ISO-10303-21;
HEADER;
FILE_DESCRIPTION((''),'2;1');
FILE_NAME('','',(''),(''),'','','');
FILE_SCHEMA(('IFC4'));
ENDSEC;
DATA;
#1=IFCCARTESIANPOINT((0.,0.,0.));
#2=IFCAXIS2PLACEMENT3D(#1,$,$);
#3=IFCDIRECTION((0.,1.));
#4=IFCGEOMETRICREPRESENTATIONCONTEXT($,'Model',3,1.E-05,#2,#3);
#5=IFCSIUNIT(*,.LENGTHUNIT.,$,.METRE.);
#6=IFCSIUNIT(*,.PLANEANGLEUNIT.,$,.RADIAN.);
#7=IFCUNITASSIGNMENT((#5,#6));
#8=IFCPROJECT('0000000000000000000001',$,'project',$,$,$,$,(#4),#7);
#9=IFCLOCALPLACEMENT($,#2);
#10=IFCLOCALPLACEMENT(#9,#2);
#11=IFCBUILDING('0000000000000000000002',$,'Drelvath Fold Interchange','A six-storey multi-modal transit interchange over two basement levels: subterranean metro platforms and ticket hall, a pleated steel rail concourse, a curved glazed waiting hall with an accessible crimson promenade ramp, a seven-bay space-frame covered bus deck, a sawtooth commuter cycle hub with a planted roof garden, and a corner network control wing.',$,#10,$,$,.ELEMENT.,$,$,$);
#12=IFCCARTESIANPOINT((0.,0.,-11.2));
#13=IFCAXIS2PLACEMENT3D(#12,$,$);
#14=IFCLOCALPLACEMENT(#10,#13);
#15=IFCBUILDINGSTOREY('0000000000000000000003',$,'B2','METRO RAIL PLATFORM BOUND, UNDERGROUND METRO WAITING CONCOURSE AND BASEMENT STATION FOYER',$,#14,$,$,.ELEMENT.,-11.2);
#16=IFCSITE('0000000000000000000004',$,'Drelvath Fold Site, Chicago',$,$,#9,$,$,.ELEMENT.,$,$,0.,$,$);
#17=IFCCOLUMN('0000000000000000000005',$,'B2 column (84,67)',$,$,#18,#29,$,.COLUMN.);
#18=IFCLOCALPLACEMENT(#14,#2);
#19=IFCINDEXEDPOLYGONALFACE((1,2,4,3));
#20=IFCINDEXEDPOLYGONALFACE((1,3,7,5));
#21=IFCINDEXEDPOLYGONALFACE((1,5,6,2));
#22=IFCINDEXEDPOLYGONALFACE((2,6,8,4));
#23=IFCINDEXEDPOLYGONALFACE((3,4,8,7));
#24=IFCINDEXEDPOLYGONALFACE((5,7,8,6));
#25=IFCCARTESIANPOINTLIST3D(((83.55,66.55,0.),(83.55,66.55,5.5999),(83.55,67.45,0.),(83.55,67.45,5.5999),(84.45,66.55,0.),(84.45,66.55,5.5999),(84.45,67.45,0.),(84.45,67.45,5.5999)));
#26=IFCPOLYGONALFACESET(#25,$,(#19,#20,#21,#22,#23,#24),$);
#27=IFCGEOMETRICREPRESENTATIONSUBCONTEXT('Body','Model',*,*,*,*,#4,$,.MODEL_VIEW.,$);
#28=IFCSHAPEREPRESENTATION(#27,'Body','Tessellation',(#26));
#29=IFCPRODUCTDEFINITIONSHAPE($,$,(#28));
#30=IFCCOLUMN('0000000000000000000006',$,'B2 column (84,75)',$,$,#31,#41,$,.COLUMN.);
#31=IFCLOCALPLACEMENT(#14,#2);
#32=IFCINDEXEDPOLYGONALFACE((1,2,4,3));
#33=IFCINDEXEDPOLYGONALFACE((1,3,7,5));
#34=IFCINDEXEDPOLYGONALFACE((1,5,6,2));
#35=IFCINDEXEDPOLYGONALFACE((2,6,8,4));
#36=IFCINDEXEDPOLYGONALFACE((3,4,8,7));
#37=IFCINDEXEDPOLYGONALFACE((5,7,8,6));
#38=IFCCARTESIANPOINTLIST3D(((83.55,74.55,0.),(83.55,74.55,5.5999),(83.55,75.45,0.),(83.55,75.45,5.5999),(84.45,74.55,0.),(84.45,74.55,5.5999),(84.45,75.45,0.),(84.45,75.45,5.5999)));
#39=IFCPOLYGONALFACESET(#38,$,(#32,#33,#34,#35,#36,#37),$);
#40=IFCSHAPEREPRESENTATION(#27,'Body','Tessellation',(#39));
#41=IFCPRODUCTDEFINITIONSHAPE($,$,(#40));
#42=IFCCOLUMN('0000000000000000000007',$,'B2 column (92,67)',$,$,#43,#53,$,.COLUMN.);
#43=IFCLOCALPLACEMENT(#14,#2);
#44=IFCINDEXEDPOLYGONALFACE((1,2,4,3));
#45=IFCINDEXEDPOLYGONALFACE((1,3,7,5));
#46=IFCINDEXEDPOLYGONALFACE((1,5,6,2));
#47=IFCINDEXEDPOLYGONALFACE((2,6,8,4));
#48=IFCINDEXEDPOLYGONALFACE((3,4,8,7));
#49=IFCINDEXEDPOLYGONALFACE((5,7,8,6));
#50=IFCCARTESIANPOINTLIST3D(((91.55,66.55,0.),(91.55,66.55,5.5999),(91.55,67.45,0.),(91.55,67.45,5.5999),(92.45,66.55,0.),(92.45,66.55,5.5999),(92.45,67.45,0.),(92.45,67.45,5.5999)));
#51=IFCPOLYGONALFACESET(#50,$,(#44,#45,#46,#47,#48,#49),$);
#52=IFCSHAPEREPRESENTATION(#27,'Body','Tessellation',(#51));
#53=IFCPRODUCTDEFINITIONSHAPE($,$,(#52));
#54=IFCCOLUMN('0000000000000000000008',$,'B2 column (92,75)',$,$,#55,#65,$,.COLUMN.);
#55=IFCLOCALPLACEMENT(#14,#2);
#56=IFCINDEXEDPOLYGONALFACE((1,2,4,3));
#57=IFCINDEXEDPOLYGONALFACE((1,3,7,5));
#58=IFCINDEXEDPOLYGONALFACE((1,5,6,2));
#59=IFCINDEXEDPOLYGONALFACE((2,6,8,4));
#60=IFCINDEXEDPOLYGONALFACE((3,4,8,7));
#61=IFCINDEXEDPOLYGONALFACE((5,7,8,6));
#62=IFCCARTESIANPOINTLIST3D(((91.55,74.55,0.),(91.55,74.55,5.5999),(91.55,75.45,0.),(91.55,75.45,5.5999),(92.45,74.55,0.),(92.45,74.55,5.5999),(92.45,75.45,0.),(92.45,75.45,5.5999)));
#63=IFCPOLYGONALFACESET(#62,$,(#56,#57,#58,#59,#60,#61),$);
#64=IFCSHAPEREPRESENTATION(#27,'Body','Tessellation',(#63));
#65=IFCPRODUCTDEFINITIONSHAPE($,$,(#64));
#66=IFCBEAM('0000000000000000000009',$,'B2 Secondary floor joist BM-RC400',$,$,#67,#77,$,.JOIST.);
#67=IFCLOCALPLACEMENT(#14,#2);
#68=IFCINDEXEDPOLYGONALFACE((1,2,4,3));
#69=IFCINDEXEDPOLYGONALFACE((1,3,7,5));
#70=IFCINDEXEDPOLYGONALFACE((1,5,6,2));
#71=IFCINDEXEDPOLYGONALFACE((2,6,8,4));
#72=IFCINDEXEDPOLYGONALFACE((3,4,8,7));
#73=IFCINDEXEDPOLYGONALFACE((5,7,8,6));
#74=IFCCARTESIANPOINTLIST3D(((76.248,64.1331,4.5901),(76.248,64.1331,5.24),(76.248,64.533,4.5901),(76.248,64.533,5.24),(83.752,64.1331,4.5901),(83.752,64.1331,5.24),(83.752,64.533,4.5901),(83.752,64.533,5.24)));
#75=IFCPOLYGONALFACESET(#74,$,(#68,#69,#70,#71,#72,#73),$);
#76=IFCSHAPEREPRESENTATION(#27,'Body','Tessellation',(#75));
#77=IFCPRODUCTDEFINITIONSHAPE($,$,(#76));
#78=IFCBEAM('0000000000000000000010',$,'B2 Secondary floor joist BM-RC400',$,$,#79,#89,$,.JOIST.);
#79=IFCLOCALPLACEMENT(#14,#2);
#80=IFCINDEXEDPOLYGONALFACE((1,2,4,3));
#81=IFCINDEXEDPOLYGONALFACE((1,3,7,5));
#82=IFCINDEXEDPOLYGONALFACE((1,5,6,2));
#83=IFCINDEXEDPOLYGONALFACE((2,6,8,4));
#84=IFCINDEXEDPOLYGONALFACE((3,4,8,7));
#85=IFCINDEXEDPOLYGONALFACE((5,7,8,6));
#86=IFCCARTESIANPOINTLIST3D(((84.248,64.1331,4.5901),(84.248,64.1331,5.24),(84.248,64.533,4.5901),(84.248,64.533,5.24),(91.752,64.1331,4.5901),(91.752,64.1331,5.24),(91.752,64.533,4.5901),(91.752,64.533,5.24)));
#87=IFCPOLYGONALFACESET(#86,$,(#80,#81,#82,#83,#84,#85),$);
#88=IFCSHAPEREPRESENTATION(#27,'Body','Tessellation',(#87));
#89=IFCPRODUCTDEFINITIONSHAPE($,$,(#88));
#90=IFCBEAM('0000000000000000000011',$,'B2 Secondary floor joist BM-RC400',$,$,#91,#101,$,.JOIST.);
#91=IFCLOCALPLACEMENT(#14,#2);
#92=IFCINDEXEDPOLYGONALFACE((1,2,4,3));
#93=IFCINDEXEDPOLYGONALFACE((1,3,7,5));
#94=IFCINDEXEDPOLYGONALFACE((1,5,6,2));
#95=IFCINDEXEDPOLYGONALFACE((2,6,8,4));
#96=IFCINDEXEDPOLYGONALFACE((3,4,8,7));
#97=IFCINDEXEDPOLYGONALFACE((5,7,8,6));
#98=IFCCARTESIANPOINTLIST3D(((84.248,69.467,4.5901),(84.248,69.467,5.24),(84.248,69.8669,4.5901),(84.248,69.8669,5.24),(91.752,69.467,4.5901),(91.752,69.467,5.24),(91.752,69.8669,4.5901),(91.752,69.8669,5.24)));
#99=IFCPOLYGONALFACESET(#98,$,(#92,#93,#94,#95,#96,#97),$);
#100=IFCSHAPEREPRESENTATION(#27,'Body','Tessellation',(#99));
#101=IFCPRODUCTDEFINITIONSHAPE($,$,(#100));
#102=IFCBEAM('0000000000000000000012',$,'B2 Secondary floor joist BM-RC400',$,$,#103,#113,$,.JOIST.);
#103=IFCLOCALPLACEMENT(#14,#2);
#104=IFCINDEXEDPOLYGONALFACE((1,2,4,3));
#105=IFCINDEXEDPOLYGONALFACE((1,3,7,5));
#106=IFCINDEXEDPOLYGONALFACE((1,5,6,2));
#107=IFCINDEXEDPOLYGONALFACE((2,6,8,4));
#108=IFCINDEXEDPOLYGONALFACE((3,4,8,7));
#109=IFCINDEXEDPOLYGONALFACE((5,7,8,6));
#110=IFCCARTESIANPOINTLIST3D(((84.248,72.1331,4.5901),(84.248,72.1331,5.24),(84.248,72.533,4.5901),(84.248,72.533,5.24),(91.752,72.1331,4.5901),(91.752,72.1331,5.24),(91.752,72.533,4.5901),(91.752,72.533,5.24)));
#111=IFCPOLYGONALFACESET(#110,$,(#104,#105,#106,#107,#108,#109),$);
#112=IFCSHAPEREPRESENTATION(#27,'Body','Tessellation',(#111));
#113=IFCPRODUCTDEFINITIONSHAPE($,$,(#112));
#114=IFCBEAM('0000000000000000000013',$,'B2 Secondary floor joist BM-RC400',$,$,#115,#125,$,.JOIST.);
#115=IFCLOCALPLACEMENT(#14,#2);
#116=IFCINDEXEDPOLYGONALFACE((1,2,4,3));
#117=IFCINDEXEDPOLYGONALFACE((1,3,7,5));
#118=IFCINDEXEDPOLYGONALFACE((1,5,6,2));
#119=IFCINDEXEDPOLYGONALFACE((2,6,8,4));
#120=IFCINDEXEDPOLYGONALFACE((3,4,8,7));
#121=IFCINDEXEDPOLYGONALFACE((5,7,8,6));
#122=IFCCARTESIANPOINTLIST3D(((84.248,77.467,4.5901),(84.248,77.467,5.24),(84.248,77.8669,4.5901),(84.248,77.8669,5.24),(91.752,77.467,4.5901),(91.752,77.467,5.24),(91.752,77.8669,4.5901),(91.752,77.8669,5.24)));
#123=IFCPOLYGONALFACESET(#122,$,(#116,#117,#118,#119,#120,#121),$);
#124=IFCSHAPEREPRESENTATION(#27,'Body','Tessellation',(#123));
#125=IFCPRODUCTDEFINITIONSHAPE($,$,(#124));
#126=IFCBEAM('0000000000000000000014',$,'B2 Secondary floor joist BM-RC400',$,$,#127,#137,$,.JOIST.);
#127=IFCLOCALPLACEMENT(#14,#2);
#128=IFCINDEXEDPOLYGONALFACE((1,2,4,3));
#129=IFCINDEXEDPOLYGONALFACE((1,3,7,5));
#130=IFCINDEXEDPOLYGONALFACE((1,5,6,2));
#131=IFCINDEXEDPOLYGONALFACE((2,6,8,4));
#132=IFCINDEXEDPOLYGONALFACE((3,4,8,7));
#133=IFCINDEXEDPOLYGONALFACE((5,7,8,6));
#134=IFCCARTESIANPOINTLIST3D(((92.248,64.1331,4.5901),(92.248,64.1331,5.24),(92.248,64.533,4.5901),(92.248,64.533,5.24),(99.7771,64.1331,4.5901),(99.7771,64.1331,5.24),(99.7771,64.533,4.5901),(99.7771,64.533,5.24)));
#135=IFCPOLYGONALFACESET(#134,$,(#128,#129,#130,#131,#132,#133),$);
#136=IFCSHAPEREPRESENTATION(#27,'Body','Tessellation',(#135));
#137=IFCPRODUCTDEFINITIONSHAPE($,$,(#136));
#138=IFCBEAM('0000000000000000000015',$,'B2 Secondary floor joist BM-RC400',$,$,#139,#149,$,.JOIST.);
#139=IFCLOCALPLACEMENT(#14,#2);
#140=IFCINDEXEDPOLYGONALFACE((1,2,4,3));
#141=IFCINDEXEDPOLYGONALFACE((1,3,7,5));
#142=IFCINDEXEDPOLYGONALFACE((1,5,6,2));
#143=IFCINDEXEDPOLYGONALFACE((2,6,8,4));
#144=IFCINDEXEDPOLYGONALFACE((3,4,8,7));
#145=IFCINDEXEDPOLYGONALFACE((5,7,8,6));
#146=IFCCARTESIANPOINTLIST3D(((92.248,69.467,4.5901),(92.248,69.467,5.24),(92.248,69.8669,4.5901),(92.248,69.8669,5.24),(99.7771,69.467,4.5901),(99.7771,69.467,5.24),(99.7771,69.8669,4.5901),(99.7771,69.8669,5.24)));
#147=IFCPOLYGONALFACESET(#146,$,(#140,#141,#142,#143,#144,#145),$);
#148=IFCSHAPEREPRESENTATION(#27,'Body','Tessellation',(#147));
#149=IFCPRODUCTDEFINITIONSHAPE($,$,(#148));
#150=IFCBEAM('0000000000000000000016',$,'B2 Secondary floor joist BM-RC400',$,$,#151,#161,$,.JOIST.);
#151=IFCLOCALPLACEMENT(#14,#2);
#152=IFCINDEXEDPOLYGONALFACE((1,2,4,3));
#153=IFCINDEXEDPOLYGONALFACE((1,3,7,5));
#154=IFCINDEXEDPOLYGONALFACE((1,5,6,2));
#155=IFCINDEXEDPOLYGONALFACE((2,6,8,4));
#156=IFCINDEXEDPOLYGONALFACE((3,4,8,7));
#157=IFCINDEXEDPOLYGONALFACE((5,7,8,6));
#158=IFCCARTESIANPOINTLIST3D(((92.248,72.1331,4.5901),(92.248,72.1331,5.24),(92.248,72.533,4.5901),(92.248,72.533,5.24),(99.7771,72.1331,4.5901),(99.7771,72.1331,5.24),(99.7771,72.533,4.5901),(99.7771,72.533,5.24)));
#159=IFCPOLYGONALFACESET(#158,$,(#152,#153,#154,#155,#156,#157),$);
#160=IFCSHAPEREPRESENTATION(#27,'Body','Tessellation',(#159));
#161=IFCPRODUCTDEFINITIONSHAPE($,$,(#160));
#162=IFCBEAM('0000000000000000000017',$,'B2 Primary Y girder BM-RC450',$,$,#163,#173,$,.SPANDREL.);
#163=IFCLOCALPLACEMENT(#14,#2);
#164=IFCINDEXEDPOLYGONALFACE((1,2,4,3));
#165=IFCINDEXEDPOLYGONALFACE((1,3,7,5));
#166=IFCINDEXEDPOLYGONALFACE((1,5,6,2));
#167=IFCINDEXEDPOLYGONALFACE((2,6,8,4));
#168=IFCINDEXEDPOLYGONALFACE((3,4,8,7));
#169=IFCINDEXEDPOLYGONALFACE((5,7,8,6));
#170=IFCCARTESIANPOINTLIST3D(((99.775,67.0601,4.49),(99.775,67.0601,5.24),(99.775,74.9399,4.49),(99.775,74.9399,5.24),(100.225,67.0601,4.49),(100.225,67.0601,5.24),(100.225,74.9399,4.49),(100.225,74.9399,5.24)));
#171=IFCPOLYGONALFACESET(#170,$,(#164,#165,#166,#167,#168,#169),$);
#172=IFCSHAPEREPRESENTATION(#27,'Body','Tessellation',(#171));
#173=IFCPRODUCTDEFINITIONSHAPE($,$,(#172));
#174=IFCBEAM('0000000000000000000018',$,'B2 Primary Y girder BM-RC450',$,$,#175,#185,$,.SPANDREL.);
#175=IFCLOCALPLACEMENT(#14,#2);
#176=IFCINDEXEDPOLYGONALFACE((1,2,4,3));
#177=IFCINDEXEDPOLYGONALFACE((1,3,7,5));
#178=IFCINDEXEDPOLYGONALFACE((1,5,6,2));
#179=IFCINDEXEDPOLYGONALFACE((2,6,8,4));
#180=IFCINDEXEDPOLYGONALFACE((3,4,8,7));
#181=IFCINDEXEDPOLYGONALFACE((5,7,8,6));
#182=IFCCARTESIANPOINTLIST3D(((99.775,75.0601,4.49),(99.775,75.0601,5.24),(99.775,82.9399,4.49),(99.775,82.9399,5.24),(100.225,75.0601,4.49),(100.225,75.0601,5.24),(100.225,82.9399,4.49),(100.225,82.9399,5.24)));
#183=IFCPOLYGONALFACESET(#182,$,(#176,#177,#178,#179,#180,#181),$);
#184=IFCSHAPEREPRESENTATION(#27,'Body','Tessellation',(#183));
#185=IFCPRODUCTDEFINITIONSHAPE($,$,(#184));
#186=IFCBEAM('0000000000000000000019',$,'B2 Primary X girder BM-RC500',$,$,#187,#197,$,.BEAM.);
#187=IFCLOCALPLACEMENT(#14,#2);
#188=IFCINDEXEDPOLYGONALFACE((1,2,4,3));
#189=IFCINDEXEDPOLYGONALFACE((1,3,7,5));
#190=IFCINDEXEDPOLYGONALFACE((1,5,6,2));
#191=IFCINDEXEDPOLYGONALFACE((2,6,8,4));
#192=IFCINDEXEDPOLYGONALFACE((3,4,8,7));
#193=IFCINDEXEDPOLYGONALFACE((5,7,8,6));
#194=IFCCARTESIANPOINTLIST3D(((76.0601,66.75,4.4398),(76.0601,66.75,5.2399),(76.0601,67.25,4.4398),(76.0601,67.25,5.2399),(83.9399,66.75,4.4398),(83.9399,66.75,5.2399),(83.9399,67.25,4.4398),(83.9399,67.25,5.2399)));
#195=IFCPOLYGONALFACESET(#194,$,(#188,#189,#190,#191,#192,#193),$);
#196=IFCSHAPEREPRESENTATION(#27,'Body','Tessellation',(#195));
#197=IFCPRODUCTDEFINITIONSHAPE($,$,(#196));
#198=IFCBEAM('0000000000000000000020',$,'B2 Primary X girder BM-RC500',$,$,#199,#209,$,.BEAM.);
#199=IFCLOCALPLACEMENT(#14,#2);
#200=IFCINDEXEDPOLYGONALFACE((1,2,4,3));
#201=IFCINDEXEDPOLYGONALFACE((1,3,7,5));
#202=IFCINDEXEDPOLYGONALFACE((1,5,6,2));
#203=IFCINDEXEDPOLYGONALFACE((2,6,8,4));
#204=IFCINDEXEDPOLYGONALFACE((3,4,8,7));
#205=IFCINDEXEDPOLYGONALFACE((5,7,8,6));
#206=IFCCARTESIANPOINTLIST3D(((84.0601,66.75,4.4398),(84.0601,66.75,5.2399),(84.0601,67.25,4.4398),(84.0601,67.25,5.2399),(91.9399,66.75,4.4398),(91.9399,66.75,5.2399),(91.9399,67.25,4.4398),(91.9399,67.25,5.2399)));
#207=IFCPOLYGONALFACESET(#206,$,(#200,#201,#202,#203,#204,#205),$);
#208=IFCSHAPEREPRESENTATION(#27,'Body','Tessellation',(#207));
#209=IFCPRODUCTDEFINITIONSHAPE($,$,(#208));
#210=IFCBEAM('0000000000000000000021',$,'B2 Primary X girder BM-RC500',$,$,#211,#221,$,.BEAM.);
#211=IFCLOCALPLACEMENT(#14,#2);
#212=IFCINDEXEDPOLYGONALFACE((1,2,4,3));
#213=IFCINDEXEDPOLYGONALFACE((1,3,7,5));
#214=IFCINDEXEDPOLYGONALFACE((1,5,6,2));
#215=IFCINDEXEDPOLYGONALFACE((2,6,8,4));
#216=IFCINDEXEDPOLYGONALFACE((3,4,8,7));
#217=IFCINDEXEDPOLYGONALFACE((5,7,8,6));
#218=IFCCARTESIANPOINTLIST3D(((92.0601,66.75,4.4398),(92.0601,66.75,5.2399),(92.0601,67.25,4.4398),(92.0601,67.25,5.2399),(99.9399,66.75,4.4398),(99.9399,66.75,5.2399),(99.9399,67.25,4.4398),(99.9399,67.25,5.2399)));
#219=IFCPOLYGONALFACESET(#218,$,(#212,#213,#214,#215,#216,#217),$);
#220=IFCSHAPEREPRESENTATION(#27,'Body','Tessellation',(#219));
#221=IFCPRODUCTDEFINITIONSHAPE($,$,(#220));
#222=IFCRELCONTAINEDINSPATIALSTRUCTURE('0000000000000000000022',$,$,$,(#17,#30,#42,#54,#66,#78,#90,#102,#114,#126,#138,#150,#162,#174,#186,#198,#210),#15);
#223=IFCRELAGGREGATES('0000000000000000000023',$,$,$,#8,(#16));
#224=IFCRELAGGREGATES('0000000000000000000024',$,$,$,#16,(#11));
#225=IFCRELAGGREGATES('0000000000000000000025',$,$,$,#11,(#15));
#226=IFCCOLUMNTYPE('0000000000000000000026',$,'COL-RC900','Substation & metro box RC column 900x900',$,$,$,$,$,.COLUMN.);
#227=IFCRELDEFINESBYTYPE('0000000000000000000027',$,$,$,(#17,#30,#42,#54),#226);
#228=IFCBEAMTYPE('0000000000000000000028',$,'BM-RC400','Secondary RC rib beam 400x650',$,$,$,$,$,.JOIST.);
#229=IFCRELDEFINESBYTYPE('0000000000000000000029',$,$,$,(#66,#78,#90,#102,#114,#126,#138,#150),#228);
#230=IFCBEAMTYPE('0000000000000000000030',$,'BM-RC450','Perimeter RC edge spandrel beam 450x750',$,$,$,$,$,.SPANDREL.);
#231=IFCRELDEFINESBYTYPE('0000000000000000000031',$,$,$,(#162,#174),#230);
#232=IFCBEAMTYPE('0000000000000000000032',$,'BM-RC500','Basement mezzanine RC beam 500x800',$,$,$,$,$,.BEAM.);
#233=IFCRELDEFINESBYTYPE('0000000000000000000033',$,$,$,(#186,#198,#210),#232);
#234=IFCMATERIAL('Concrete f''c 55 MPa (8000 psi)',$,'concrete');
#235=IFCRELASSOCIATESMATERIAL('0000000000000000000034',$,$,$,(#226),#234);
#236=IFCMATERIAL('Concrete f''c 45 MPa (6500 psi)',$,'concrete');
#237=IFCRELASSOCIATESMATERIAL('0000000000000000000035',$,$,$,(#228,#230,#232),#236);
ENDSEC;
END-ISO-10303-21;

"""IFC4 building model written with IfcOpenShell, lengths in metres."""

from ifc_helpers import new_model, si_unit, direction, frame, origin, origin_2d, place, context, subcontext, project, spatial, rectangle, extrude, material, material_profile, profile_set, type_object, element, save


model = new_model("IFC4")

# Units and contexts
model_context = context("Model", 3, precision=1e-05, world=origin(), true_north=direction((0.0, 1.0)))
body_context = subcontext(model_context, "Body", "Model", "MODEL_VIEW")
ifc_project = project(units=[si_unit("LENGTHUNIT", "METRE"), si_unit("PLANEANGLEUNIT", "RADIAN")], contexts=[model_context])

# Site, building, storey
site_placement = place(None, origin())
site = spatial("IfcSite", under=ifc_project, at=site_placement, Name="Drelvath Fold Site, Chicago", CompositionType="ELEMENT", RefElevation=0.0)
building_placement = place(site_placement, origin())
building = spatial("IfcBuilding", under=site, at=building_placement, Name="Drelvath Fold Interchange", Description="A six-storey multi-modal transit interchange over two basement levels: subterranean metro platforms and ticket hall, a pleated steel rail concourse, a curved glazed waiting hall with an accessible crimson promenade ramp, a seven-bay space-frame covered bus deck, a sawtooth commuter cycle hub with a planted roof garden, and a corner network control wing.", CompositionType="ELEMENT")
storey_placement = place(building_placement, frame((0.0, 0.0, -11.2)))
storey = spatial("IfcBuildingStorey", under=building, at=storey_placement, Name="B2", Description="METRO RAIL PLATFORM BOUND, UNDERGROUND METRO WAITING CONCOURSE AND BASEMENT STATION FOYER", CompositionType="ELEMENT", Elevation=-11.2)

# Shared definitions
ifc_material_1 = material(Name="Concrete f'c 55 MPa (8000 psi)", Category="concrete")

# Columns
ifc_material_profile_1 = material_profile(ifc_material_1, rectangle(XDim=0.8999, YDim=0.8999, at=origin_2d()), Name="RC 900x900")
ifc_profile_set_1 = profile_set([ifc_material_profile_1], Name="Concrete f'c 55 MPa (8000 psi)")
column_type_1 = type_object("IfcColumnType", Name="COL-RC900", Description="Substation & metro box RC column 900x900", PredefinedType="COLUMN", material=ifc_profile_set_1)
for number, where, z_axis, x_axis, name in (
    (1, (84.0, 67.0, 0.0), (0.0, 0.0, 1.0), (1.0, 0.0, 0.0), "B2 column (84,67)"),
    (2, (84.0, 75.0, 0.0), (0.0, 0.0, 1.0), (1.0, 0.0, 0.0), "B2 column (84,75)"),
    (3, (92.0, 67.0, 0.0), (0.0, 0.0, 1.0), (1.0, 0.0, 0.0), "B2 column (92,67)"),
    (4, (92.0, 75.0, 0.0), (0.0, 0.0, 1.0), (1.0, 0.0, 0.0), "B2 column (92,75)"),
):
    element("IfcColumn", number, at=place(storey_placement, frame(where, z_axis=z_axis, x_axis=x_axis)), inside=storey, type_object=column_type_1, Name=name, PredefinedType="COLUMN", context=body_context, shape_type="SweptSolid", body=[
        extrude(rectangle(XDim=0.8999, YDim=0.8999, at=origin_2d()), origin(), (0.0, 0.0, 1.0), 5.5999),
    ])

# Beams
ifc_material_2 = material(Name="Concrete f'c 45 MPa (6500 psi)", Category="concrete")
ifc_material_profile_2 = material_profile(ifc_material_2, rectangle(XDim=0.3999, YDim=0.6499, at=origin_2d()), Name="RC 400x650")
ifc_profile_set_2 = profile_set([ifc_material_profile_2], Name="Concrete f'c 45 MPa (6500 psi)")
beam_type_1 = type_object("IfcBeamType", Name="BM-RC400", Description="Secondary RC rib beam 400x650", PredefinedType="JOIST", material=ifc_profile_set_2)
for number, where, z_axis, x_axis, name in (
    (5, (76.248, 64.333, 4.915), (1.0, 0.0, 0.0), (0.0, 1.0, 0.0), "B2 Secondary floor joist BM-RC400"),
    (6, (84.248, 64.333, 4.915), (1.0, 0.0, 0.0), (0.0, 1.0, 0.0), "B2 Secondary floor joist BM-RC400"),
    (7, (84.248, 69.667, 4.915), (1.0, 0.0, 0.0), (0.0, 1.0, 0.0), "B2 Secondary floor joist BM-RC400"),
    (8, (84.248, 72.333, 4.915), (1.0, 0.0, 0.0), (0.0, 1.0, 0.0), "B2 Secondary floor joist BM-RC400"),
    (9, (84.248, 77.667, 4.915), (1.0, 0.0, 0.0), (0.0, 1.0, 0.0), "B2 Secondary floor joist BM-RC400"),
):
    element("IfcBeam", number, at=place(storey_placement, frame(where, z_axis=z_axis, x_axis=x_axis)), inside=storey, type_object=beam_type_1, Name=name, PredefinedType="JOIST", context=body_context, shape_type="SweptSolid", body=[
        extrude(rectangle(XDim=0.3999, YDim=0.6499, at=origin_2d()), origin(), (0.0, 0.0, 1.0), 7.5039),
    ])
for number, where, z_axis, x_axis, name in (
    (10, (92.248, 64.333, 4.915), (1.0, 0.0, 0.0), (0.0, 1.0, 0.0), "B2 Secondary floor joist BM-RC400"),
    (11, (92.248, 69.667, 4.915), (1.0, 0.0, 0.0), (0.0, 1.0, 0.0), "B2 Secondary floor joist BM-RC400"),
    (12, (92.248, 72.333, 4.915), (1.0, 0.0, 0.0), (0.0, 1.0, 0.0), "B2 Secondary floor joist BM-RC400"),
):
    element("IfcBeam", number, at=place(storey_placement, frame(where, z_axis=z_axis, x_axis=x_axis)), inside=storey, type_object=beam_type_1, Name=name, PredefinedType="JOIST", context=body_context, shape_type="SweptSolid", body=[
        extrude(rectangle(XDim=0.3999, YDim=0.6499, at=origin_2d()), origin(), (0.0, 0.0, 1.0), 7.5291),
    ])
ifc_material_profile_3 = material_profile(ifc_material_2, rectangle(XDim=0.45, YDim=0.75, at=origin_2d()), Name="RC 450x750")
ifc_profile_set_3 = profile_set([ifc_material_profile_3], Name="Concrete f'c 45 MPa (6500 psi)")
beam_type_2 = type_object("IfcBeamType", Name="BM-RC450", Description="Perimeter RC edge spandrel beam 450x750", PredefinedType="SPANDREL", material=ifc_profile_set_3)
for number, where, z_axis, x_axis, name in (
    (13, (100.0, 67.0601, 4.865), (0.0, 1.0, 0.0), (-1.0, 0.0, 0.0), "B2 Primary Y girder BM-RC450"),
    (14, (100.0, 75.0601, 4.865), (0.0, 1.0, 0.0), (-1.0, 0.0, 0.0), "B2 Primary Y girder BM-RC450"),
):
    element("IfcBeam", number, at=place(storey_placement, frame(where, z_axis=z_axis, x_axis=x_axis)), inside=storey, type_object=beam_type_2, Name=name, PredefinedType="SPANDREL", context=body_context, shape_type="SweptSolid", body=[
        extrude(rectangle(XDim=0.45, YDim=0.75, at=origin_2d()), origin(), (0.0, 0.0, 1.0), 7.8799),
    ])
ifc_material_profile_4 = material_profile(ifc_material_2, rectangle(XDim=0.5, YDim=0.8, at=origin_2d()), Name="RC 500x800")
ifc_profile_set_4 = profile_set([ifc_material_profile_4], Name="Concrete f'c 45 MPa (6500 psi)")
beam_type_3 = type_object("IfcBeamType", Name="BM-RC500", Description="Basement mezzanine RC beam 500x800", PredefinedType="BEAM", material=ifc_profile_set_4)
for number, where, z_axis, x_axis, name in (
    (15, (76.0601, 67.0, 4.8398), (1.0, 0.0, 0.0), (0.0, 1.0, 0.0), "B2 Primary X girder BM-RC500"),
    (16, (84.0601, 67.0, 4.8398), (1.0, 0.0, 0.0), (0.0, 1.0, 0.0), "B2 Primary X girder BM-RC500"),
    (17, (92.0601, 67.0, 4.8398), (1.0, 0.0, 0.0), (0.0, 1.0, 0.0), "B2 Primary X girder BM-RC500"),
):
    element("IfcBeam", number, at=place(storey_placement, frame(where, z_axis=z_axis, x_axis=x_axis)), inside=storey, type_object=beam_type_3, Name=name, PredefinedType="BEAM", context=body_context, shape_type="SweptSolid", body=[
        extrude(rectangle(XDim=0.5, YDim=0.8, at=origin_2d()), origin(), (0.0, 0.0, 1.0), 7.8799),
    ])

save(model, "model.ifc")
